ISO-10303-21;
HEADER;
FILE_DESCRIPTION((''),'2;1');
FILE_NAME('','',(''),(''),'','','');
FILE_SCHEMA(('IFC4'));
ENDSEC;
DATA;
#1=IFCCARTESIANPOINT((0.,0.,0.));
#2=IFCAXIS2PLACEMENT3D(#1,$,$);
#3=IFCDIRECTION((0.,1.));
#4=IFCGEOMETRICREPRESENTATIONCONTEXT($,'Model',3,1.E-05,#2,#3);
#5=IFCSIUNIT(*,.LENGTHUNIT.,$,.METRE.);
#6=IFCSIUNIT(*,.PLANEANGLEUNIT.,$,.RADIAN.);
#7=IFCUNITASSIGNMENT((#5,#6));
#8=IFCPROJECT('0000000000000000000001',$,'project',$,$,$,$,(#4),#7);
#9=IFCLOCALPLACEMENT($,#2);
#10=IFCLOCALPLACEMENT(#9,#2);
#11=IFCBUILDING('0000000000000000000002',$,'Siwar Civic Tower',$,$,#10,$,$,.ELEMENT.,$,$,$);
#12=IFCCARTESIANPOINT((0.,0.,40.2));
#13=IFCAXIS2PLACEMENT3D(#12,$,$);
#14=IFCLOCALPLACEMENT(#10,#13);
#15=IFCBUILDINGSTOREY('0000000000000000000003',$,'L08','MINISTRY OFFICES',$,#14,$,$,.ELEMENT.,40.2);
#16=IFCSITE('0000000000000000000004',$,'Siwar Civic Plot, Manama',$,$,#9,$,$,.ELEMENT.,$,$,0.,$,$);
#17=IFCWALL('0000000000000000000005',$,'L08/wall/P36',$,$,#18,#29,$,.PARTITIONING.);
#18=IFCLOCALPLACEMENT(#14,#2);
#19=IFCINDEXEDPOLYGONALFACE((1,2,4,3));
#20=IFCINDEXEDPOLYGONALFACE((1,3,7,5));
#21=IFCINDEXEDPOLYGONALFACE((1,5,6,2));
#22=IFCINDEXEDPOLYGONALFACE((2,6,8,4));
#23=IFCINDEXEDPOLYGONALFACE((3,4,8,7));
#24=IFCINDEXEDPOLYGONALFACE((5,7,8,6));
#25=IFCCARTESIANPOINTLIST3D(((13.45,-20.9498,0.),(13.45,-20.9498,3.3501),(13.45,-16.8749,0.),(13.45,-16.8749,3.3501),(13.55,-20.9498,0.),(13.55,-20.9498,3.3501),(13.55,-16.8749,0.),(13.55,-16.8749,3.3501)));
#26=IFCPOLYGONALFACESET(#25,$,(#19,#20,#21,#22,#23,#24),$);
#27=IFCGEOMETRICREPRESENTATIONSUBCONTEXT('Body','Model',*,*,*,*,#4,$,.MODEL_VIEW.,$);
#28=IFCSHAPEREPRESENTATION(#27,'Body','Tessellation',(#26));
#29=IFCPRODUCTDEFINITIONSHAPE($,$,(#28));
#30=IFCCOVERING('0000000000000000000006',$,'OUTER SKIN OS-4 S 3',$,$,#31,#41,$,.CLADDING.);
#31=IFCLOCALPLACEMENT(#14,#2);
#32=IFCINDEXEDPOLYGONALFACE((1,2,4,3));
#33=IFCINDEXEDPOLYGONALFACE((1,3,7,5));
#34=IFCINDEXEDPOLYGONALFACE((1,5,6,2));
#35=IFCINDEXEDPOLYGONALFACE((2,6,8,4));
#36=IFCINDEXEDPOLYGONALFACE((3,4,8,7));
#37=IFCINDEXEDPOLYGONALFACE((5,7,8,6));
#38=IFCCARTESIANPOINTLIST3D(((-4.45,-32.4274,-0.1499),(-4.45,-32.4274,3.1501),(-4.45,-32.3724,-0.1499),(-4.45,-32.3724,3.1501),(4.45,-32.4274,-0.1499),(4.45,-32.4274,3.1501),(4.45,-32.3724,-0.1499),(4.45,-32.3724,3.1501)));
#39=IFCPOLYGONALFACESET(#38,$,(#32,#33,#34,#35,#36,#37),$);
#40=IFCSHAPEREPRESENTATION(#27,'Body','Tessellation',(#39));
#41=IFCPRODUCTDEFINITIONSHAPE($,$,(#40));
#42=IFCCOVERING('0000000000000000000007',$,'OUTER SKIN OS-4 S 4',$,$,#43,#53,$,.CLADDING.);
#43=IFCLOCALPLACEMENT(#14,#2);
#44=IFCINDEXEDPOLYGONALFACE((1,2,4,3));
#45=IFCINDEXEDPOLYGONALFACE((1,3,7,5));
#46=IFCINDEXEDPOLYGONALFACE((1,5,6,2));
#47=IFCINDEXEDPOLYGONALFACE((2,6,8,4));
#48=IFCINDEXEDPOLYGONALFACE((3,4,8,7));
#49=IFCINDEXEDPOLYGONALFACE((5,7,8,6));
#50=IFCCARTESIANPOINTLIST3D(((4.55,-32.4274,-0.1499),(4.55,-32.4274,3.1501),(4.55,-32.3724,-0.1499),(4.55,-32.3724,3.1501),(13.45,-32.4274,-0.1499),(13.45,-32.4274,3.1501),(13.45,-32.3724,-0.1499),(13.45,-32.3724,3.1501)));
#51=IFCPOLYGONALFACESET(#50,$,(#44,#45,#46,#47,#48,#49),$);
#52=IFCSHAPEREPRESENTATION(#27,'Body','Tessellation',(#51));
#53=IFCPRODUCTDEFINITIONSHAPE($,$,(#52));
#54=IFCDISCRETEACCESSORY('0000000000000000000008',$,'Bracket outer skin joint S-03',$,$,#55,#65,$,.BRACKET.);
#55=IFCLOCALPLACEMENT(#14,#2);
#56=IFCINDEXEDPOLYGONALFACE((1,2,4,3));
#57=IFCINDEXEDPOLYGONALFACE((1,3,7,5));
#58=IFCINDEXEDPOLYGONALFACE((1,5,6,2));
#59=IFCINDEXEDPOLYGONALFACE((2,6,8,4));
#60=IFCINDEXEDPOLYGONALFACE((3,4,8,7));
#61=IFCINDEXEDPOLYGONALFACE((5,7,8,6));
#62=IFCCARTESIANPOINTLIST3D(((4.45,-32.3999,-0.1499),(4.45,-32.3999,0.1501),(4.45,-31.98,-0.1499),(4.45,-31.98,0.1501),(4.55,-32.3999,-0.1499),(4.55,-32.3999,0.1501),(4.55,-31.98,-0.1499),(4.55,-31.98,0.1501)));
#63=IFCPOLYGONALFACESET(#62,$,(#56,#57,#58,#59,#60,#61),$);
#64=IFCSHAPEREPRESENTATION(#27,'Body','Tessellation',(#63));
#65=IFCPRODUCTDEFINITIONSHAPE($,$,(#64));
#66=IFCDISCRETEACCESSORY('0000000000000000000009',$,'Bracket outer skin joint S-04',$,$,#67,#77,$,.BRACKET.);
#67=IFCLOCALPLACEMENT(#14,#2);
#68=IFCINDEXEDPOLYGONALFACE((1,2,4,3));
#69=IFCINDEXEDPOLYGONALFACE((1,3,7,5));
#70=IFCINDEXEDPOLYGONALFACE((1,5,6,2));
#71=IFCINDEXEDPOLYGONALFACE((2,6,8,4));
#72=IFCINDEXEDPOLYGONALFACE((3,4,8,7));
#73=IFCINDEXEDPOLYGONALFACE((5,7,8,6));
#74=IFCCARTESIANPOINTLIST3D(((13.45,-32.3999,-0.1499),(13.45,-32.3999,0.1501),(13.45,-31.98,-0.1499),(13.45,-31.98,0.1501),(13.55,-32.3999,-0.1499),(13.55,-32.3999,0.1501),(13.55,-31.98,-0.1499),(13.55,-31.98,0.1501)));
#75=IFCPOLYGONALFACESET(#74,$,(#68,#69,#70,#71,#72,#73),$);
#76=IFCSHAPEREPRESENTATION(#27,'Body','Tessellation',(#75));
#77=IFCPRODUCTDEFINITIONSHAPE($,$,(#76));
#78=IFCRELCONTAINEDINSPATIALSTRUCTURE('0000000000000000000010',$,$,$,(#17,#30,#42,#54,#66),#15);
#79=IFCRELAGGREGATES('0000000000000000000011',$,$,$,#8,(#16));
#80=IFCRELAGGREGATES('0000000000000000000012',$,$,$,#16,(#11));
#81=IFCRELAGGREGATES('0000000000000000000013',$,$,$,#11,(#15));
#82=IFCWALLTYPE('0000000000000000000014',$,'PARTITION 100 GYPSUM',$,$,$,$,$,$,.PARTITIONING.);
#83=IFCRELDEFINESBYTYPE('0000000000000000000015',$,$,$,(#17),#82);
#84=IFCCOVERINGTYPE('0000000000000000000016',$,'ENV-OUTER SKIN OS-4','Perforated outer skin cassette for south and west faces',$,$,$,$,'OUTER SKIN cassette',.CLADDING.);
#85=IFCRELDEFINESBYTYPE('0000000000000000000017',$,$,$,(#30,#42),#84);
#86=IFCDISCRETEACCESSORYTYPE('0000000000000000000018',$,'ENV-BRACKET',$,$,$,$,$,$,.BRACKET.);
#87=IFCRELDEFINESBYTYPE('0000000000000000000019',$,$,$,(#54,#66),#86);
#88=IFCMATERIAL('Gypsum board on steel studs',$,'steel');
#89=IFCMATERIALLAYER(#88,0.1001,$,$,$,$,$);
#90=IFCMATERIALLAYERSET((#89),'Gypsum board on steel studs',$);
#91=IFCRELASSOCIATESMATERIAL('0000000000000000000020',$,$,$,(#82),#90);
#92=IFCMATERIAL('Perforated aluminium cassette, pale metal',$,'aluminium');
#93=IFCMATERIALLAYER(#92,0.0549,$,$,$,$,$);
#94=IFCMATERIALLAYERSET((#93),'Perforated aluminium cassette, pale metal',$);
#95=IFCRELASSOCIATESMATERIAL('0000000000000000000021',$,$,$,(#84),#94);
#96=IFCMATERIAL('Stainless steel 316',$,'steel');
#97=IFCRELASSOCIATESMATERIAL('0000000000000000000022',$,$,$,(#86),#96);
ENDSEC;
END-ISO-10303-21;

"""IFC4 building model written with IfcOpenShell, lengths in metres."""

from ifc_helpers import new_model, si_unit, direction, frame, frame_2d, origin, origin_2d, place, context, subcontext, project, spatial, rectangle, extrude, material, layer, layer_set, type_object, element, save


model = new_model("IFC4")

# Units and contexts
model_context = context("Model", 3, precision=1e-05, world=origin(), true_north=direction((0.0, 1.0)))
body_context = subcontext(model_context, "Body", "Model", "MODEL_VIEW")
ifc_project = project(units=[si_unit("LENGTHUNIT", "METRE"), si_unit("PLANEANGLEUNIT", "RADIAN")], contexts=[model_context])

# Site, building, storey
site_placement = place(None, origin())
site = spatial("IfcSite", under=ifc_project, at=site_placement, Name="Siwar Civic Plot, Manama", CompositionType="ELEMENT", RefElevation=0.0)
building_placement = place(site_placement, origin())
building = spatial("IfcBuilding", under=site, at=building_placement, Name="Siwar Civic Tower", CompositionType="ELEMENT")
storey_placement = place(building_placement, frame((0.0, 0.0, 40.2)))
storey = spatial("IfcBuildingStorey", under=building, at=storey_placement, Name="L08", Description="MINISTRY OFFICES", CompositionType="ELEMENT", Elevation=40.2)

# Shared definitions
ifc_material_1 = material(Name="Gypsum board on steel studs", Category="steel")
ifc_layer_1 = layer(ifc_material_1, 0.1001)
ifc_layer_set_1 = layer_set([ifc_layer_1], Name="Gypsum board on steel studs")
wall_type = type_object("IfcWallType", Name="PARTITION 100 GYPSUM", PredefinedType="PARTITIONING", material=ifc_layer_set_1)

# Wall
wall_1_placement = place(storey_placement, frame((13.5, -20.95, 0.0), z_axis=(0.0, 0.0, 1.0), x_axis=(0.0, 1.0, 0.0)))
element("IfcWall", 1, at=wall_1_placement, inside=storey, type_object=wall_type, Name="L08/wall/P36", PredefinedType="PARTITIONING", context=body_context, shape_type="SweptSolid", body=[
    extrude(rectangle(XDim=4.075, YDim=0.1001, at=frame_2d((2.0376, 0.0))), origin(), (0.0, 0.0, 1.0), 3.3501),
])

# Coverings
ifc_material_2 = material(Name="Perforated aluminium cassette, pale metal", Category="aluminium")
ifc_layer_2 = layer(ifc_material_2, 0.0549)
ifc_layer_set_2 = layer_set([ifc_layer_2], Name="Perforated aluminium cassette, pale metal")
covering_type = type_object("IfcCoveringType", Name="ENV-OUTER SKIN OS-4", Description="Perforated outer skin cassette for south and west faces", ElementType="OUTER SKIN cassette", PredefinedType="CLADDING", material=ifc_layer_set_2)
for number, where, z_axis, x_axis, name in (
    (2, (0.0, -32.3999, -0.1499), (0.0, 0.0, 1.0), (1.0, 0.0, 0.0), "OUTER SKIN OS-4 S 3"),
    (3, (9.0, -32.3999, -0.1499), (0.0, 0.0, 1.0), (1.0, 0.0, 0.0), "OUTER SKIN OS-4 S 4"),
):
    element("IfcCovering", number, at=place(storey_placement, frame(where, z_axis=z_axis, x_axis=x_axis)), inside=storey, type_object=covering_type, Name=name, PredefinedType="CLADDING", context=body_context, shape_type="SweptSolid", body=[
        extrude(rectangle(XDim=8.8999, YDim=0.0549, at=origin_2d()), origin(), (0.0, 0.0, 1.0), 3.3),
    ])

# Discrete accessories
ifc_material_3 = material(Name="Stainless steel 316", Category="steel")
discrete_accessory_type = type_object("IfcDiscreteAccessoryType", Name="ENV-BRACKET", PredefinedType="BRACKET", material=ifc_material_3)
for number, where, z_axis, x_axis, name in (
    (4, (4.5, -32.1899, -0.1499), (0.0, 0.0, 1.0), (0.0, -1.0, 0.0), "Bracket outer skin joint S-03"),
    (5, (13.5, -32.1899, -0.1499), (0.0, 0.0, 1.0), (0.0, -1.0, 0.0), "Bracket outer skin joint S-04"),
):
    element("IfcDiscreteAccessory", number, at=place(storey_placement, frame(where, z_axis=z_axis, x_axis=x_axis)), inside=storey, type_object=discrete_accessory_type, Name=name, PredefinedType="BRACKET", context=body_context, shape_type="SweptSolid", body=[
        extrude(rectangle(XDim=0.4199, YDim=0.1001, at=origin_2d()), origin(), (0.0, 0.0, 1.0), 0.3),
    ])

save(model, "model.ifc")
